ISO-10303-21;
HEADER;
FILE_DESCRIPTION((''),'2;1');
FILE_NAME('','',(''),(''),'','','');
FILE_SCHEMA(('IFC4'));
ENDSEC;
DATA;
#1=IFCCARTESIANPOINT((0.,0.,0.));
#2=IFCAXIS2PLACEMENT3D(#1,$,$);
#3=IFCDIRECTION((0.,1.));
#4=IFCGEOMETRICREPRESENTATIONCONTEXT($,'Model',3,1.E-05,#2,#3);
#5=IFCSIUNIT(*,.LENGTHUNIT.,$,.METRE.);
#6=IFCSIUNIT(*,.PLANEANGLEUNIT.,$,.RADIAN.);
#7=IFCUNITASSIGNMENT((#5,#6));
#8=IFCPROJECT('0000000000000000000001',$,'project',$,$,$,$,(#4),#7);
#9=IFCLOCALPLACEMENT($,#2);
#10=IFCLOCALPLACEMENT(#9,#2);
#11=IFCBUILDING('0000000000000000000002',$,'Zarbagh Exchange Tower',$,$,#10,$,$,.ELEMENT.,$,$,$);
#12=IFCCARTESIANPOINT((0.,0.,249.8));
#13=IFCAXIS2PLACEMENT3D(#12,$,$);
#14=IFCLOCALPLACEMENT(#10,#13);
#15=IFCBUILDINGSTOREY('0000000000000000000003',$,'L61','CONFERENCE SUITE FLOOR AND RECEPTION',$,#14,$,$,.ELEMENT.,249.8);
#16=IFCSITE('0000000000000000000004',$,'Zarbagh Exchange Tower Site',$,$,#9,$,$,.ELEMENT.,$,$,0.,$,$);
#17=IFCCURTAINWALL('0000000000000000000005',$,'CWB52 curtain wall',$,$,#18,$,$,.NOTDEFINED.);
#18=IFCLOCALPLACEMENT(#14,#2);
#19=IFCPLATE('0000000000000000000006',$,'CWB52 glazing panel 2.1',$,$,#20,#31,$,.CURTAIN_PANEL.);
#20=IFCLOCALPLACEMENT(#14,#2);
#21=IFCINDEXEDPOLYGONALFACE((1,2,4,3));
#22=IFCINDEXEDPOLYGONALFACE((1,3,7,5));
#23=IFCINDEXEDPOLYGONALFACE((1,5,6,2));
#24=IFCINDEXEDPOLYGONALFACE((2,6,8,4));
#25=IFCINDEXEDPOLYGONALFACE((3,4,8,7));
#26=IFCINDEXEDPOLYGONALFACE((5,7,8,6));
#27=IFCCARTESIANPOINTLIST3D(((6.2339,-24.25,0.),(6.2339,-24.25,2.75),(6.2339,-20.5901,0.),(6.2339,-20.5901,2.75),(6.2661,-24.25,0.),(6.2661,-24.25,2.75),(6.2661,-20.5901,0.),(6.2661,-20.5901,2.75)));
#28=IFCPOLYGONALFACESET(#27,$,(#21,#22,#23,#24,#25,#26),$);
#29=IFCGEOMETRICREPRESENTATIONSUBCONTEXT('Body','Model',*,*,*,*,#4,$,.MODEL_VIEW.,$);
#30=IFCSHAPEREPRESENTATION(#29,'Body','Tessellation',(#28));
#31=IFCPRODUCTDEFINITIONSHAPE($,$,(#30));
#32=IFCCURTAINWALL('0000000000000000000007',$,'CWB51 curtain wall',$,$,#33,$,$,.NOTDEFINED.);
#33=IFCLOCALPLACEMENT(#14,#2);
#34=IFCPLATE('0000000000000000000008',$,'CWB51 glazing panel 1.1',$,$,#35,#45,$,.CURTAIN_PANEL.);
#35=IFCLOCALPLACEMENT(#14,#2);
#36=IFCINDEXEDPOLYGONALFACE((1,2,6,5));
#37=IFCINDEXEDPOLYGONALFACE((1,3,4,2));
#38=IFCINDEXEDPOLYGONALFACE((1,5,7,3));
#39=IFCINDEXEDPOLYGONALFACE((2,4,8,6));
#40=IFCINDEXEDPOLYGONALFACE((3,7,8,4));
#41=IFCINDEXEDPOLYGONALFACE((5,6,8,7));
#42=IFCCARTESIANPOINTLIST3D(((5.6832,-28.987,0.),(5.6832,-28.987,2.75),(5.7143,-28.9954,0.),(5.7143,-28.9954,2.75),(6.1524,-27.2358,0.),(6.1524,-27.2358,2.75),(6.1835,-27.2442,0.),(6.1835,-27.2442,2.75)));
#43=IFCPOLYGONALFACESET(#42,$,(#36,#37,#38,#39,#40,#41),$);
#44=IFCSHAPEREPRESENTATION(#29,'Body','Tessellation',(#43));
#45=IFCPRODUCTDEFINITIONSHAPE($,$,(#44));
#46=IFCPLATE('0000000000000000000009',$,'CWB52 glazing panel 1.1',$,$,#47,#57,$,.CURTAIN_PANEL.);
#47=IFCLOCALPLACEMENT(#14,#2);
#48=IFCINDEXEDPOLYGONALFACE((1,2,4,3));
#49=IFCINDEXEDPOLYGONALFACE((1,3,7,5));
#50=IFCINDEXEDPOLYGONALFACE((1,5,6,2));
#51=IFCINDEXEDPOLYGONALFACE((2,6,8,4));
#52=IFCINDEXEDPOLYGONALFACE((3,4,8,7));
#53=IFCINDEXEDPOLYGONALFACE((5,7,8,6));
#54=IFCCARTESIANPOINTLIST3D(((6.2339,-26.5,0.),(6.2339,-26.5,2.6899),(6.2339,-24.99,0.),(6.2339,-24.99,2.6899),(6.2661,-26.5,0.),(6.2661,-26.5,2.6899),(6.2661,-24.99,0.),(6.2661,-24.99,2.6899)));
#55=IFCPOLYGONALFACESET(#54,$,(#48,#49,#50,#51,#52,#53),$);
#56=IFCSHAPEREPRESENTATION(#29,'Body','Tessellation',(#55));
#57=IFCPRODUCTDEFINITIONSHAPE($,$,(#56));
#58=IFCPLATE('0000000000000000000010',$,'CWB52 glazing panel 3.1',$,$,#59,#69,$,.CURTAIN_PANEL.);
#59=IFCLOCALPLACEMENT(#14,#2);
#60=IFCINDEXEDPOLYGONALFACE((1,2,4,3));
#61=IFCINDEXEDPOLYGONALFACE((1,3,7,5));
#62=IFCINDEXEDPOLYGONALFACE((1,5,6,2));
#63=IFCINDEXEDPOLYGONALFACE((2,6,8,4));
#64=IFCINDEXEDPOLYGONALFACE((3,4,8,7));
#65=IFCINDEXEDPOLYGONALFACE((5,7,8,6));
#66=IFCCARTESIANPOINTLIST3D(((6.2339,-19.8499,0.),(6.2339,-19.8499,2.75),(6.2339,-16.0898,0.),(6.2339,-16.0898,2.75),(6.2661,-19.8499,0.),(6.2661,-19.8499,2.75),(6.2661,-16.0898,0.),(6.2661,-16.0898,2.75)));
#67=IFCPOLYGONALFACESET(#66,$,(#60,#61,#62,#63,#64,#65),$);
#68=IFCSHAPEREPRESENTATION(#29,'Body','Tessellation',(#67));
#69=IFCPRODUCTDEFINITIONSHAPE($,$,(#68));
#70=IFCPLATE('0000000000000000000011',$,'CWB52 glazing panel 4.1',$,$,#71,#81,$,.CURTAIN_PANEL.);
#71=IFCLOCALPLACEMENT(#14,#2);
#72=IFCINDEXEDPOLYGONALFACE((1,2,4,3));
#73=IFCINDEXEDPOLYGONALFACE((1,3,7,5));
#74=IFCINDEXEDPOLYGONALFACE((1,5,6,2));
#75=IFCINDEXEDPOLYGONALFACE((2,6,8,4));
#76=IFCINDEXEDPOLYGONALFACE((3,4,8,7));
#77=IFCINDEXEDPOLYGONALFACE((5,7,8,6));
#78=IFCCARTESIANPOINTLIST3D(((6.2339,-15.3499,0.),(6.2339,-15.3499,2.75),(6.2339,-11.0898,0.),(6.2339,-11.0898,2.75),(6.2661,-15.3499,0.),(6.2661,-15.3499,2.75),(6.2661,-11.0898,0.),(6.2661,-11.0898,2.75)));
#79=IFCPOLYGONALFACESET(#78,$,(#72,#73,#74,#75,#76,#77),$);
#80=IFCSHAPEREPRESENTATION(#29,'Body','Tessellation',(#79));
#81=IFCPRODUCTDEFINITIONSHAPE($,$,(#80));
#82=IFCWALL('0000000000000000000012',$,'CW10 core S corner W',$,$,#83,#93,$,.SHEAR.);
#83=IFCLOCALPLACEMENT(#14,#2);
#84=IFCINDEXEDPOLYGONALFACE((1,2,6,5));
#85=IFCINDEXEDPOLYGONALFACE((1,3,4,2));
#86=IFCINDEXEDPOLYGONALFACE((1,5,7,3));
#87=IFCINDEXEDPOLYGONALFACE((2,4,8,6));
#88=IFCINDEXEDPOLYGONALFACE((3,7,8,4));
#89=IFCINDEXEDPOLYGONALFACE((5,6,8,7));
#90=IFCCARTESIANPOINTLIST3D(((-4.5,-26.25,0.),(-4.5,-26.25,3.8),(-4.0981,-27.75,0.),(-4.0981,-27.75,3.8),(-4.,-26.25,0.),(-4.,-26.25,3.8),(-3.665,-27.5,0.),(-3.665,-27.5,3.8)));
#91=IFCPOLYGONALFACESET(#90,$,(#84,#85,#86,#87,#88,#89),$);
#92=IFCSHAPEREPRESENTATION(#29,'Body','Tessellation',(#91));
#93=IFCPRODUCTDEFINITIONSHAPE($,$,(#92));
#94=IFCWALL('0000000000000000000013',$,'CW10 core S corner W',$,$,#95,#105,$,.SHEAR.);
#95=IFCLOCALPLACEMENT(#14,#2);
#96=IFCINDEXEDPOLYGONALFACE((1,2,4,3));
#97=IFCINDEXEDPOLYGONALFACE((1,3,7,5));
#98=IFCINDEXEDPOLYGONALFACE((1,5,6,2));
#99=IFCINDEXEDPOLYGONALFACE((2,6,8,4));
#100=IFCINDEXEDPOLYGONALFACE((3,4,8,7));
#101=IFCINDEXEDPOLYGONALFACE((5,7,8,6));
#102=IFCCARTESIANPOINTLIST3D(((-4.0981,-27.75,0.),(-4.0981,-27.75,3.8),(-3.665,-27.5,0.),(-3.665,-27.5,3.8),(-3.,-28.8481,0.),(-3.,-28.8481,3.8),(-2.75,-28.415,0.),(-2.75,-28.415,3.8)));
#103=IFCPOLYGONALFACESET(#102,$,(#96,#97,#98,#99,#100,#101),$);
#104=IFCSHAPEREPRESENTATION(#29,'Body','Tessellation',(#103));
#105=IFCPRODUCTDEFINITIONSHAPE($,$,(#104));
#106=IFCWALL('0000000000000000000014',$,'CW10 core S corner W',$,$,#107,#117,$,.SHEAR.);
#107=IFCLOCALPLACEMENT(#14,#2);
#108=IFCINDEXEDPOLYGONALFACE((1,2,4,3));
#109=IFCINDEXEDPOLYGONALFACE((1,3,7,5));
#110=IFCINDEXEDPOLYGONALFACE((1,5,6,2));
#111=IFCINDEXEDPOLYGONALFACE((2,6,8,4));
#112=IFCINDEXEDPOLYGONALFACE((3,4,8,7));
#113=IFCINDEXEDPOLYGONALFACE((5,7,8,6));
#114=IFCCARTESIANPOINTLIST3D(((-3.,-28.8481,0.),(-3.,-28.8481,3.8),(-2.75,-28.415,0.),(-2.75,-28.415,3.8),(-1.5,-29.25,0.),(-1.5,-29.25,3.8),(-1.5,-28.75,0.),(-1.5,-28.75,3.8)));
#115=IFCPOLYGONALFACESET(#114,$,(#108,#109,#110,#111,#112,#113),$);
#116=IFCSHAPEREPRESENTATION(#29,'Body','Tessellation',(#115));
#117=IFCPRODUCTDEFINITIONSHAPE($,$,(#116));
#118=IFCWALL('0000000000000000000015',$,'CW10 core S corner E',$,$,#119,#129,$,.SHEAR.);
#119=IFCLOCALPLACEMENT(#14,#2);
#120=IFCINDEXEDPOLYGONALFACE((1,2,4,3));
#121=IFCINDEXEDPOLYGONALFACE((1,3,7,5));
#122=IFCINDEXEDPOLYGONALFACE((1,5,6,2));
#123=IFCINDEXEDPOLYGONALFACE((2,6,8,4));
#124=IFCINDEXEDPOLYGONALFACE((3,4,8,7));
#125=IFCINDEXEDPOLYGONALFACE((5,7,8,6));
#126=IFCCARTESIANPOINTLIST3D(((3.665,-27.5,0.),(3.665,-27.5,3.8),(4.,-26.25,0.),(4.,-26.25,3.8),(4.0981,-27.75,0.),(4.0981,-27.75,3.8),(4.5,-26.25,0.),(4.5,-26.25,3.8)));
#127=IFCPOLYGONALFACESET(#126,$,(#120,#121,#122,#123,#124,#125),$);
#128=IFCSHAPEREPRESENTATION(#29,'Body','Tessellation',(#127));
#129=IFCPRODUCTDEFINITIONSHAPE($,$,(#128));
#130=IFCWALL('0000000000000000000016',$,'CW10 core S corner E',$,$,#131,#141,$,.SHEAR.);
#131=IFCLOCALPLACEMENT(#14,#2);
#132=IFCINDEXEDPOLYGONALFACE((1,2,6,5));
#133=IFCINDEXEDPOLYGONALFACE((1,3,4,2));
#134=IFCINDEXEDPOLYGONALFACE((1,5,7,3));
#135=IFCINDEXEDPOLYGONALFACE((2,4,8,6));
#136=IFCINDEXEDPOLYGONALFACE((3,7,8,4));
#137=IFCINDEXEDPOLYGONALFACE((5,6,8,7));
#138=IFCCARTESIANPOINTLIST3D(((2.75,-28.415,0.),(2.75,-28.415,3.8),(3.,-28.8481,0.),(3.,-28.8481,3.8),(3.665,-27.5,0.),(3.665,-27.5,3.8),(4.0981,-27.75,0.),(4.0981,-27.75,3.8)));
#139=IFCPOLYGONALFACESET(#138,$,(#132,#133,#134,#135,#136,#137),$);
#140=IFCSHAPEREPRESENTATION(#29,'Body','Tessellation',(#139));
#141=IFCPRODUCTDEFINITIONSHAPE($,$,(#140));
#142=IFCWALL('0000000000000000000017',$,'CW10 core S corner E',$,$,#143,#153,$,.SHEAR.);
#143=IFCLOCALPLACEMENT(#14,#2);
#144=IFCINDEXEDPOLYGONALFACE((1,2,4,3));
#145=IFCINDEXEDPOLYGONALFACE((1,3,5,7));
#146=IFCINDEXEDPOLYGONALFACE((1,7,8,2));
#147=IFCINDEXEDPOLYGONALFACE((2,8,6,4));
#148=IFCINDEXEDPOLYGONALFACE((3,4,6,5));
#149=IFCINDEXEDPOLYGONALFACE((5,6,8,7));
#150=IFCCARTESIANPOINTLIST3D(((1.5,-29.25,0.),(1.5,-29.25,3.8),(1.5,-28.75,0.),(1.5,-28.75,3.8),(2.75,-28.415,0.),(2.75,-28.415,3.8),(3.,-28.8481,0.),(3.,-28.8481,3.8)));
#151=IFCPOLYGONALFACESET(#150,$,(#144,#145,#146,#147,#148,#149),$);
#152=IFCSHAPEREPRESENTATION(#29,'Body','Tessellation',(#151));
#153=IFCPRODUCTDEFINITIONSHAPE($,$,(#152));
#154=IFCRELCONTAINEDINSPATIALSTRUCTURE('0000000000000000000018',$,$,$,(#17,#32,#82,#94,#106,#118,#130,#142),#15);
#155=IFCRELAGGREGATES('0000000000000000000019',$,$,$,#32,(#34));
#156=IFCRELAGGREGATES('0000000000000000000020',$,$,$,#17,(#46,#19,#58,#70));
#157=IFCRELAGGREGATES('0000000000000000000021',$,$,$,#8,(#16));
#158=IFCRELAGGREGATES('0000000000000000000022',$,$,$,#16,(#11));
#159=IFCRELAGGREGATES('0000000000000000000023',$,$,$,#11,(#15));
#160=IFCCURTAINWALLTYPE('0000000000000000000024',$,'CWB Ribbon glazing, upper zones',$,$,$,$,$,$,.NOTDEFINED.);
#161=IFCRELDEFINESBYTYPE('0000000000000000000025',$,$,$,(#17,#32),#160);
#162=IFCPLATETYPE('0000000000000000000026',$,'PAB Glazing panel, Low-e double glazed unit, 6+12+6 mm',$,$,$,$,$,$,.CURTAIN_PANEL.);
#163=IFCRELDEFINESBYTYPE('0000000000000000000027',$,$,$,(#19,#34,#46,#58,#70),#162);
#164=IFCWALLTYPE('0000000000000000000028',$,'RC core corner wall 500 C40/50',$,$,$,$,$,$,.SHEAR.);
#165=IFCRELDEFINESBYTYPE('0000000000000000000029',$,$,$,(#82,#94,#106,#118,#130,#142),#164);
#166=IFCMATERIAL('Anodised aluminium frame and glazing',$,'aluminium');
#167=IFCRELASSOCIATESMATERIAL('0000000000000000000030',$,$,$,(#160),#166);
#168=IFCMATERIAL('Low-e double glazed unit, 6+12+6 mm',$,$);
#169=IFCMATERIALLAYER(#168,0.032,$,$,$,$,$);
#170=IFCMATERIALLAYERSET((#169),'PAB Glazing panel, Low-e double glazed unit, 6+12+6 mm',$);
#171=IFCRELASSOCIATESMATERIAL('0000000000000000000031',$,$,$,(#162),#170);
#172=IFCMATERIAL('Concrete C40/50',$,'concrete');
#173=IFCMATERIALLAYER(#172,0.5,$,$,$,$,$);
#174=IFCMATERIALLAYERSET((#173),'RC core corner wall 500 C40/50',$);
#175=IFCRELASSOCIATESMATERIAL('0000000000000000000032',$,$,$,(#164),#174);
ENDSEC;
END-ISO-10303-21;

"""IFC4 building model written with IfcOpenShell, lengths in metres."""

from ifc_helpers import new_model, si_unit, direction, frame, origin, place, context, subcontext, project, spatial, polyline, outline, extrude, source, transform, mapped, material, layer, layer_set, type_object, element, aggregate, save


model = new_model("IFC4")

# Units and contexts
model_context = context("Model", 3, precision=1e-05, world=origin(), true_north=direction((0.0, 1.0)))
body_context = subcontext(model_context, "Body", "Model", "MODEL_VIEW")
ifc_project = project(units=[si_unit("LENGTHUNIT", "METRE"), si_unit("PLANEANGLEUNIT", "RADIAN")], contexts=[model_context])

# Site, building, storey
site_placement = place(None, origin())
site = spatial("IfcSite", under=ifc_project, at=site_placement, Name="Zarbagh Exchange Tower Site", CompositionType="ELEMENT", RefElevation=0.0)
building_placement = place(site_placement, origin())
building = spatial("IfcBuilding", under=site, at=building_placement, Name="Zarbagh Exchange Tower", CompositionType="ELEMENT")
storey_placement = place(building_placement, frame((0.0, 0.0, 249.8)))
storey = spatial("IfcBuildingStorey", under=building, at=storey_placement, Name="L61", Description="CONFERENCE SUITE FLOOR AND RECEPTION", CompositionType="ELEMENT", Elevation=249.8)

# Shared definitions
ifc_material_1 = material(Name="Anodised aluminium frame and glazing", Category="aluminium")
curtain_wall_type = type_object("IfcCurtainWallType", Name="CWB Ribbon glazing, upper zones", PredefinedType="NOTDEFINED", material=ifc_material_1)
placement = place(storey_placement, origin())

# Curtain wall
curtain_wall_1_placement = place(storey_placement, origin())
curtain_wall_1 = element("IfcCurtainWall", 1, at=curtain_wall_1_placement, inside=storey, type_object=curtain_wall_type, Name="CWB52 curtain wall", PredefinedType="NOTDEFINED")

# Shared definitions
ifc_material_2 = material(Name="Concrete C40/50", Category="concrete")

# Shared definitions
ifc_material_3 = material(Name="Low-e double glazed unit, 6+12+6 mm")
ifc_layer_1 = layer(ifc_material_3, 0.032)
ifc_layer_set_1 = layer_set([ifc_layer_1], Name="PAB Glazing panel, Low-e double glazed unit, 6+12+6 mm")
plate_type = type_object("IfcPlateType", Name="PAB Glazing panel, Low-e double glazed unit, 6+12+6 mm", PredefinedType="CURTAIN_PANEL", material=ifc_layer_set_1)

# Plate
shared_shape_1 = source(origin(), body_context, "Body", "SweptSolid", [
    extrude(outline(polyline([(0.0, -0.0161), (3.6599, -0.0161), (3.6599, 0.0161), (0.0, 0.0161), (0.0, -0.0161)])), origin(), (0.0, 0.0, 1.0), 2.75),
])
plate_1 = element("IfcPlate", 2, at=placement, type_object=plate_type, Name="CWB52 glazing panel 2.1", PredefinedType="CURTAIN_PANEL", context=body_context, shape_type="MappedRepresentation", body=[
    mapped(shared_shape_1, transform((6.25, -24.25, 0.0), x_axis=(0.0, 1.0, 0.0), y_axis=(-1.0, 0.0, 0.0), z_axis=(0.0, 0.0, 1.0))),
])

# Curtain wall, plate
curtain_wall_2_placement = place(storey_placement, origin())
curtain_wall_2 = element("IfcCurtainWall", 3, at=curtain_wall_2_placement, inside=storey, type_object=curtain_wall_type, Name="CWB51 curtain wall", PredefinedType="NOTDEFINED")
shared_shape_2 = source(origin(), body_context, "Body", "SweptSolid", [
    extrude(outline(polyline([(0.0, -0.0161), (1.813, -0.0161), (1.813, 0.0161), (0.0, 0.0161), (0.0, -0.0161)])), origin(), (0.0, 0.0, 1.0), 2.75),
])
plate_2 = element("IfcPlate", 4, at=placement, type_object=plate_type, Name="CWB51 glazing panel 1.1", PredefinedType="CURTAIN_PANEL", context=body_context, shape_type="MappedRepresentation", body=[
    mapped(shared_shape_2, transform((5.6987, -28.9912, 0.0), x_axis=(0.258825, 0.965924, 0.0), y_axis=(-0.965924, 0.258825, 0.0), z_axis=(0.0, 0.0, 1.0))),
])
aggregate(curtain_wall_2, [plate_2])

# Plates
shared_shape_3 = source(origin(), body_context, "Body", "SweptSolid", [
    extrude(outline(polyline([(0.0, -0.0161), (1.51, -0.0161), (1.51, 0.0161), (0.0, 0.0161), (0.0, -0.0161)])), origin(), (0.0, 0.0, 1.0), 2.6899),
])
plate_3 = element("IfcPlate", 5, at=placement, type_object=plate_type, Name="CWB52 glazing panel 1.1", PredefinedType="CURTAIN_PANEL", context=body_context, shape_type="MappedRepresentation", body=[
    mapped(shared_shape_3, transform((6.25, -26.5, 0.0), x_axis=(0.0, 1.0, 0.0), y_axis=(-1.0, 0.0, 0.0), z_axis=(0.0, 0.0, 1.0))),
])
shared_shape_4 = source(origin(), body_context, "Body", "SweptSolid", [
    extrude(outline(polyline([(0.0, -0.0161), (3.76, -0.0161), (3.76, 0.0161), (0.0, 0.0161), (0.0, -0.0161)])), origin(), (0.0, 0.0, 1.0), 2.75),
])
plate_4 = element("IfcPlate", 6, at=placement, type_object=plate_type, Name="CWB52 glazing panel 3.1", PredefinedType="CURTAIN_PANEL", context=body_context, shape_type="MappedRepresentation", body=[
    mapped(shared_shape_4, transform((6.25, -19.8499, 0.0), x_axis=(0.0, 1.0, 0.0), y_axis=(-1.0, 0.0, 0.0), z_axis=(0.0, 0.0, 1.0))),
])
shared_shape_5 = source(origin(), body_context, "Body", "SweptSolid", [
    extrude(outline(polyline([(0.0, -0.0161), (4.26, -0.0161), (4.26, 0.0161), (0.0, 0.0161), (0.0, -0.0161)])), origin(), (0.0, 0.0, 1.0), 2.75),
])
plate_5 = element("IfcPlate", 7, at=placement, type_object=plate_type, Name="CWB52 glazing panel 4.1", PredefinedType="CURTAIN_PANEL", context=body_context, shape_type="MappedRepresentation", body=[
    mapped(shared_shape_5, transform((6.25, -15.3499, 0.0), x_axis=(0.0, 1.0, 0.0), y_axis=(-1.0, 0.0, 0.0), z_axis=(0.0, 0.0, 1.0))),
])
aggregate(curtain_wall_1, [plate_3, plate_1, plate_4, plate_5])

# Walls
ifc_layer_2 = layer(ifc_material_2, 0.5)
ifc_layer_set_2 = layer_set([ifc_layer_2], Name="RC core corner wall 500 C40/50")
wall_type = type_object("IfcWallType", Name="RC core corner wall 500 C40/50", PredefinedType="SHEAR", material=ifc_layer_set_2)
wall_1_placement = place(storey_placement, origin())
element("IfcWall", 8, at=wall_1_placement, inside=storey, type_object=wall_type, Name="CW10 core S corner W", PredefinedType="SHEAR", context=body_context, shape_type="SweptSolid", body=[
    extrude(outline(polyline([(-4.5, -26.25), (-4.0981, -27.75), (-3.665, -27.5), (-4.0, -26.25), (-4.5, -26.25)])), origin(), (0.0, 0.0, 1.0), 3.8),
])
wall_2_placement = place(storey_placement, origin())
element("IfcWall", 9, at=wall_2_placement, inside=storey, type_object=wall_type, Name="CW10 core S corner W", PredefinedType="SHEAR", context=body_context, shape_type="SweptSolid", body=[
    extrude(outline(polyline([(-4.0981, -27.75), (-3.0, -28.8481), (-2.75, -28.415), (-3.665, -27.5), (-4.0981, -27.75)])), origin(), (0.0, 0.0, 1.0), 3.8),
])
wall_3_placement = place(storey_placement, origin())
element("IfcWall", 10, at=wall_3_placement, inside=storey, type_object=wall_type, Name="CW10 core S corner W", PredefinedType="SHEAR", context=body_context, shape_type="SweptSolid", body=[
    extrude(outline(polyline([(-3.0, -28.8481), (-1.5, -29.25), (-1.5, -28.75), (-2.75, -28.415), (-3.0, -28.8481)])), origin(), (0.0, 0.0, 1.0), 3.8),
])
wall_4_placement = place(storey_placement, origin())
element("IfcWall", 11, at=wall_4_placement, inside=storey, type_object=wall_type, Name="CW10 core S corner E", PredefinedType="SHEAR", context=body_context, shape_type="SweptSolid", body=[
    extrude(outline(polyline([(4.5, -26.25), (4.0981, -27.75), (3.665, -27.5), (4.0, -26.25), (4.5, -26.25)])), origin(), (0.0, 0.0, 1.0), 3.8),
])
wall_5_placement = place(storey_placement, origin())
element("IfcWall", 12, at=wall_5_placement, inside=storey, type_object=wall_type, Name="CW10 core S corner E", PredefinedType="SHEAR", context=body_context, shape_type="SweptSolid", body=[
    extrude(outline(polyline([(4.0981, -27.75), (3.0, -28.8481), (2.75, -28.415), (3.665, -27.5), (4.0981, -27.75)])), origin(), (0.0, 0.0, 1.0), 3.8),
])
wall_6_placement = place(storey_placement, origin())
element("IfcWall", 13, at=wall_6_placement, inside=storey, type_object=wall_type, Name="CW10 core S corner E", PredefinedType="SHEAR", context=body_context, shape_type="SweptSolid", body=[
    extrude(outline(polyline([(3.0, -28.8481), (1.5, -29.25), (1.5, -28.75), (2.75, -28.415), (3.0, -28.8481)])), origin(), (0.0, 0.0, 1.0), 3.8),
])

save(model, "model.ifc")
